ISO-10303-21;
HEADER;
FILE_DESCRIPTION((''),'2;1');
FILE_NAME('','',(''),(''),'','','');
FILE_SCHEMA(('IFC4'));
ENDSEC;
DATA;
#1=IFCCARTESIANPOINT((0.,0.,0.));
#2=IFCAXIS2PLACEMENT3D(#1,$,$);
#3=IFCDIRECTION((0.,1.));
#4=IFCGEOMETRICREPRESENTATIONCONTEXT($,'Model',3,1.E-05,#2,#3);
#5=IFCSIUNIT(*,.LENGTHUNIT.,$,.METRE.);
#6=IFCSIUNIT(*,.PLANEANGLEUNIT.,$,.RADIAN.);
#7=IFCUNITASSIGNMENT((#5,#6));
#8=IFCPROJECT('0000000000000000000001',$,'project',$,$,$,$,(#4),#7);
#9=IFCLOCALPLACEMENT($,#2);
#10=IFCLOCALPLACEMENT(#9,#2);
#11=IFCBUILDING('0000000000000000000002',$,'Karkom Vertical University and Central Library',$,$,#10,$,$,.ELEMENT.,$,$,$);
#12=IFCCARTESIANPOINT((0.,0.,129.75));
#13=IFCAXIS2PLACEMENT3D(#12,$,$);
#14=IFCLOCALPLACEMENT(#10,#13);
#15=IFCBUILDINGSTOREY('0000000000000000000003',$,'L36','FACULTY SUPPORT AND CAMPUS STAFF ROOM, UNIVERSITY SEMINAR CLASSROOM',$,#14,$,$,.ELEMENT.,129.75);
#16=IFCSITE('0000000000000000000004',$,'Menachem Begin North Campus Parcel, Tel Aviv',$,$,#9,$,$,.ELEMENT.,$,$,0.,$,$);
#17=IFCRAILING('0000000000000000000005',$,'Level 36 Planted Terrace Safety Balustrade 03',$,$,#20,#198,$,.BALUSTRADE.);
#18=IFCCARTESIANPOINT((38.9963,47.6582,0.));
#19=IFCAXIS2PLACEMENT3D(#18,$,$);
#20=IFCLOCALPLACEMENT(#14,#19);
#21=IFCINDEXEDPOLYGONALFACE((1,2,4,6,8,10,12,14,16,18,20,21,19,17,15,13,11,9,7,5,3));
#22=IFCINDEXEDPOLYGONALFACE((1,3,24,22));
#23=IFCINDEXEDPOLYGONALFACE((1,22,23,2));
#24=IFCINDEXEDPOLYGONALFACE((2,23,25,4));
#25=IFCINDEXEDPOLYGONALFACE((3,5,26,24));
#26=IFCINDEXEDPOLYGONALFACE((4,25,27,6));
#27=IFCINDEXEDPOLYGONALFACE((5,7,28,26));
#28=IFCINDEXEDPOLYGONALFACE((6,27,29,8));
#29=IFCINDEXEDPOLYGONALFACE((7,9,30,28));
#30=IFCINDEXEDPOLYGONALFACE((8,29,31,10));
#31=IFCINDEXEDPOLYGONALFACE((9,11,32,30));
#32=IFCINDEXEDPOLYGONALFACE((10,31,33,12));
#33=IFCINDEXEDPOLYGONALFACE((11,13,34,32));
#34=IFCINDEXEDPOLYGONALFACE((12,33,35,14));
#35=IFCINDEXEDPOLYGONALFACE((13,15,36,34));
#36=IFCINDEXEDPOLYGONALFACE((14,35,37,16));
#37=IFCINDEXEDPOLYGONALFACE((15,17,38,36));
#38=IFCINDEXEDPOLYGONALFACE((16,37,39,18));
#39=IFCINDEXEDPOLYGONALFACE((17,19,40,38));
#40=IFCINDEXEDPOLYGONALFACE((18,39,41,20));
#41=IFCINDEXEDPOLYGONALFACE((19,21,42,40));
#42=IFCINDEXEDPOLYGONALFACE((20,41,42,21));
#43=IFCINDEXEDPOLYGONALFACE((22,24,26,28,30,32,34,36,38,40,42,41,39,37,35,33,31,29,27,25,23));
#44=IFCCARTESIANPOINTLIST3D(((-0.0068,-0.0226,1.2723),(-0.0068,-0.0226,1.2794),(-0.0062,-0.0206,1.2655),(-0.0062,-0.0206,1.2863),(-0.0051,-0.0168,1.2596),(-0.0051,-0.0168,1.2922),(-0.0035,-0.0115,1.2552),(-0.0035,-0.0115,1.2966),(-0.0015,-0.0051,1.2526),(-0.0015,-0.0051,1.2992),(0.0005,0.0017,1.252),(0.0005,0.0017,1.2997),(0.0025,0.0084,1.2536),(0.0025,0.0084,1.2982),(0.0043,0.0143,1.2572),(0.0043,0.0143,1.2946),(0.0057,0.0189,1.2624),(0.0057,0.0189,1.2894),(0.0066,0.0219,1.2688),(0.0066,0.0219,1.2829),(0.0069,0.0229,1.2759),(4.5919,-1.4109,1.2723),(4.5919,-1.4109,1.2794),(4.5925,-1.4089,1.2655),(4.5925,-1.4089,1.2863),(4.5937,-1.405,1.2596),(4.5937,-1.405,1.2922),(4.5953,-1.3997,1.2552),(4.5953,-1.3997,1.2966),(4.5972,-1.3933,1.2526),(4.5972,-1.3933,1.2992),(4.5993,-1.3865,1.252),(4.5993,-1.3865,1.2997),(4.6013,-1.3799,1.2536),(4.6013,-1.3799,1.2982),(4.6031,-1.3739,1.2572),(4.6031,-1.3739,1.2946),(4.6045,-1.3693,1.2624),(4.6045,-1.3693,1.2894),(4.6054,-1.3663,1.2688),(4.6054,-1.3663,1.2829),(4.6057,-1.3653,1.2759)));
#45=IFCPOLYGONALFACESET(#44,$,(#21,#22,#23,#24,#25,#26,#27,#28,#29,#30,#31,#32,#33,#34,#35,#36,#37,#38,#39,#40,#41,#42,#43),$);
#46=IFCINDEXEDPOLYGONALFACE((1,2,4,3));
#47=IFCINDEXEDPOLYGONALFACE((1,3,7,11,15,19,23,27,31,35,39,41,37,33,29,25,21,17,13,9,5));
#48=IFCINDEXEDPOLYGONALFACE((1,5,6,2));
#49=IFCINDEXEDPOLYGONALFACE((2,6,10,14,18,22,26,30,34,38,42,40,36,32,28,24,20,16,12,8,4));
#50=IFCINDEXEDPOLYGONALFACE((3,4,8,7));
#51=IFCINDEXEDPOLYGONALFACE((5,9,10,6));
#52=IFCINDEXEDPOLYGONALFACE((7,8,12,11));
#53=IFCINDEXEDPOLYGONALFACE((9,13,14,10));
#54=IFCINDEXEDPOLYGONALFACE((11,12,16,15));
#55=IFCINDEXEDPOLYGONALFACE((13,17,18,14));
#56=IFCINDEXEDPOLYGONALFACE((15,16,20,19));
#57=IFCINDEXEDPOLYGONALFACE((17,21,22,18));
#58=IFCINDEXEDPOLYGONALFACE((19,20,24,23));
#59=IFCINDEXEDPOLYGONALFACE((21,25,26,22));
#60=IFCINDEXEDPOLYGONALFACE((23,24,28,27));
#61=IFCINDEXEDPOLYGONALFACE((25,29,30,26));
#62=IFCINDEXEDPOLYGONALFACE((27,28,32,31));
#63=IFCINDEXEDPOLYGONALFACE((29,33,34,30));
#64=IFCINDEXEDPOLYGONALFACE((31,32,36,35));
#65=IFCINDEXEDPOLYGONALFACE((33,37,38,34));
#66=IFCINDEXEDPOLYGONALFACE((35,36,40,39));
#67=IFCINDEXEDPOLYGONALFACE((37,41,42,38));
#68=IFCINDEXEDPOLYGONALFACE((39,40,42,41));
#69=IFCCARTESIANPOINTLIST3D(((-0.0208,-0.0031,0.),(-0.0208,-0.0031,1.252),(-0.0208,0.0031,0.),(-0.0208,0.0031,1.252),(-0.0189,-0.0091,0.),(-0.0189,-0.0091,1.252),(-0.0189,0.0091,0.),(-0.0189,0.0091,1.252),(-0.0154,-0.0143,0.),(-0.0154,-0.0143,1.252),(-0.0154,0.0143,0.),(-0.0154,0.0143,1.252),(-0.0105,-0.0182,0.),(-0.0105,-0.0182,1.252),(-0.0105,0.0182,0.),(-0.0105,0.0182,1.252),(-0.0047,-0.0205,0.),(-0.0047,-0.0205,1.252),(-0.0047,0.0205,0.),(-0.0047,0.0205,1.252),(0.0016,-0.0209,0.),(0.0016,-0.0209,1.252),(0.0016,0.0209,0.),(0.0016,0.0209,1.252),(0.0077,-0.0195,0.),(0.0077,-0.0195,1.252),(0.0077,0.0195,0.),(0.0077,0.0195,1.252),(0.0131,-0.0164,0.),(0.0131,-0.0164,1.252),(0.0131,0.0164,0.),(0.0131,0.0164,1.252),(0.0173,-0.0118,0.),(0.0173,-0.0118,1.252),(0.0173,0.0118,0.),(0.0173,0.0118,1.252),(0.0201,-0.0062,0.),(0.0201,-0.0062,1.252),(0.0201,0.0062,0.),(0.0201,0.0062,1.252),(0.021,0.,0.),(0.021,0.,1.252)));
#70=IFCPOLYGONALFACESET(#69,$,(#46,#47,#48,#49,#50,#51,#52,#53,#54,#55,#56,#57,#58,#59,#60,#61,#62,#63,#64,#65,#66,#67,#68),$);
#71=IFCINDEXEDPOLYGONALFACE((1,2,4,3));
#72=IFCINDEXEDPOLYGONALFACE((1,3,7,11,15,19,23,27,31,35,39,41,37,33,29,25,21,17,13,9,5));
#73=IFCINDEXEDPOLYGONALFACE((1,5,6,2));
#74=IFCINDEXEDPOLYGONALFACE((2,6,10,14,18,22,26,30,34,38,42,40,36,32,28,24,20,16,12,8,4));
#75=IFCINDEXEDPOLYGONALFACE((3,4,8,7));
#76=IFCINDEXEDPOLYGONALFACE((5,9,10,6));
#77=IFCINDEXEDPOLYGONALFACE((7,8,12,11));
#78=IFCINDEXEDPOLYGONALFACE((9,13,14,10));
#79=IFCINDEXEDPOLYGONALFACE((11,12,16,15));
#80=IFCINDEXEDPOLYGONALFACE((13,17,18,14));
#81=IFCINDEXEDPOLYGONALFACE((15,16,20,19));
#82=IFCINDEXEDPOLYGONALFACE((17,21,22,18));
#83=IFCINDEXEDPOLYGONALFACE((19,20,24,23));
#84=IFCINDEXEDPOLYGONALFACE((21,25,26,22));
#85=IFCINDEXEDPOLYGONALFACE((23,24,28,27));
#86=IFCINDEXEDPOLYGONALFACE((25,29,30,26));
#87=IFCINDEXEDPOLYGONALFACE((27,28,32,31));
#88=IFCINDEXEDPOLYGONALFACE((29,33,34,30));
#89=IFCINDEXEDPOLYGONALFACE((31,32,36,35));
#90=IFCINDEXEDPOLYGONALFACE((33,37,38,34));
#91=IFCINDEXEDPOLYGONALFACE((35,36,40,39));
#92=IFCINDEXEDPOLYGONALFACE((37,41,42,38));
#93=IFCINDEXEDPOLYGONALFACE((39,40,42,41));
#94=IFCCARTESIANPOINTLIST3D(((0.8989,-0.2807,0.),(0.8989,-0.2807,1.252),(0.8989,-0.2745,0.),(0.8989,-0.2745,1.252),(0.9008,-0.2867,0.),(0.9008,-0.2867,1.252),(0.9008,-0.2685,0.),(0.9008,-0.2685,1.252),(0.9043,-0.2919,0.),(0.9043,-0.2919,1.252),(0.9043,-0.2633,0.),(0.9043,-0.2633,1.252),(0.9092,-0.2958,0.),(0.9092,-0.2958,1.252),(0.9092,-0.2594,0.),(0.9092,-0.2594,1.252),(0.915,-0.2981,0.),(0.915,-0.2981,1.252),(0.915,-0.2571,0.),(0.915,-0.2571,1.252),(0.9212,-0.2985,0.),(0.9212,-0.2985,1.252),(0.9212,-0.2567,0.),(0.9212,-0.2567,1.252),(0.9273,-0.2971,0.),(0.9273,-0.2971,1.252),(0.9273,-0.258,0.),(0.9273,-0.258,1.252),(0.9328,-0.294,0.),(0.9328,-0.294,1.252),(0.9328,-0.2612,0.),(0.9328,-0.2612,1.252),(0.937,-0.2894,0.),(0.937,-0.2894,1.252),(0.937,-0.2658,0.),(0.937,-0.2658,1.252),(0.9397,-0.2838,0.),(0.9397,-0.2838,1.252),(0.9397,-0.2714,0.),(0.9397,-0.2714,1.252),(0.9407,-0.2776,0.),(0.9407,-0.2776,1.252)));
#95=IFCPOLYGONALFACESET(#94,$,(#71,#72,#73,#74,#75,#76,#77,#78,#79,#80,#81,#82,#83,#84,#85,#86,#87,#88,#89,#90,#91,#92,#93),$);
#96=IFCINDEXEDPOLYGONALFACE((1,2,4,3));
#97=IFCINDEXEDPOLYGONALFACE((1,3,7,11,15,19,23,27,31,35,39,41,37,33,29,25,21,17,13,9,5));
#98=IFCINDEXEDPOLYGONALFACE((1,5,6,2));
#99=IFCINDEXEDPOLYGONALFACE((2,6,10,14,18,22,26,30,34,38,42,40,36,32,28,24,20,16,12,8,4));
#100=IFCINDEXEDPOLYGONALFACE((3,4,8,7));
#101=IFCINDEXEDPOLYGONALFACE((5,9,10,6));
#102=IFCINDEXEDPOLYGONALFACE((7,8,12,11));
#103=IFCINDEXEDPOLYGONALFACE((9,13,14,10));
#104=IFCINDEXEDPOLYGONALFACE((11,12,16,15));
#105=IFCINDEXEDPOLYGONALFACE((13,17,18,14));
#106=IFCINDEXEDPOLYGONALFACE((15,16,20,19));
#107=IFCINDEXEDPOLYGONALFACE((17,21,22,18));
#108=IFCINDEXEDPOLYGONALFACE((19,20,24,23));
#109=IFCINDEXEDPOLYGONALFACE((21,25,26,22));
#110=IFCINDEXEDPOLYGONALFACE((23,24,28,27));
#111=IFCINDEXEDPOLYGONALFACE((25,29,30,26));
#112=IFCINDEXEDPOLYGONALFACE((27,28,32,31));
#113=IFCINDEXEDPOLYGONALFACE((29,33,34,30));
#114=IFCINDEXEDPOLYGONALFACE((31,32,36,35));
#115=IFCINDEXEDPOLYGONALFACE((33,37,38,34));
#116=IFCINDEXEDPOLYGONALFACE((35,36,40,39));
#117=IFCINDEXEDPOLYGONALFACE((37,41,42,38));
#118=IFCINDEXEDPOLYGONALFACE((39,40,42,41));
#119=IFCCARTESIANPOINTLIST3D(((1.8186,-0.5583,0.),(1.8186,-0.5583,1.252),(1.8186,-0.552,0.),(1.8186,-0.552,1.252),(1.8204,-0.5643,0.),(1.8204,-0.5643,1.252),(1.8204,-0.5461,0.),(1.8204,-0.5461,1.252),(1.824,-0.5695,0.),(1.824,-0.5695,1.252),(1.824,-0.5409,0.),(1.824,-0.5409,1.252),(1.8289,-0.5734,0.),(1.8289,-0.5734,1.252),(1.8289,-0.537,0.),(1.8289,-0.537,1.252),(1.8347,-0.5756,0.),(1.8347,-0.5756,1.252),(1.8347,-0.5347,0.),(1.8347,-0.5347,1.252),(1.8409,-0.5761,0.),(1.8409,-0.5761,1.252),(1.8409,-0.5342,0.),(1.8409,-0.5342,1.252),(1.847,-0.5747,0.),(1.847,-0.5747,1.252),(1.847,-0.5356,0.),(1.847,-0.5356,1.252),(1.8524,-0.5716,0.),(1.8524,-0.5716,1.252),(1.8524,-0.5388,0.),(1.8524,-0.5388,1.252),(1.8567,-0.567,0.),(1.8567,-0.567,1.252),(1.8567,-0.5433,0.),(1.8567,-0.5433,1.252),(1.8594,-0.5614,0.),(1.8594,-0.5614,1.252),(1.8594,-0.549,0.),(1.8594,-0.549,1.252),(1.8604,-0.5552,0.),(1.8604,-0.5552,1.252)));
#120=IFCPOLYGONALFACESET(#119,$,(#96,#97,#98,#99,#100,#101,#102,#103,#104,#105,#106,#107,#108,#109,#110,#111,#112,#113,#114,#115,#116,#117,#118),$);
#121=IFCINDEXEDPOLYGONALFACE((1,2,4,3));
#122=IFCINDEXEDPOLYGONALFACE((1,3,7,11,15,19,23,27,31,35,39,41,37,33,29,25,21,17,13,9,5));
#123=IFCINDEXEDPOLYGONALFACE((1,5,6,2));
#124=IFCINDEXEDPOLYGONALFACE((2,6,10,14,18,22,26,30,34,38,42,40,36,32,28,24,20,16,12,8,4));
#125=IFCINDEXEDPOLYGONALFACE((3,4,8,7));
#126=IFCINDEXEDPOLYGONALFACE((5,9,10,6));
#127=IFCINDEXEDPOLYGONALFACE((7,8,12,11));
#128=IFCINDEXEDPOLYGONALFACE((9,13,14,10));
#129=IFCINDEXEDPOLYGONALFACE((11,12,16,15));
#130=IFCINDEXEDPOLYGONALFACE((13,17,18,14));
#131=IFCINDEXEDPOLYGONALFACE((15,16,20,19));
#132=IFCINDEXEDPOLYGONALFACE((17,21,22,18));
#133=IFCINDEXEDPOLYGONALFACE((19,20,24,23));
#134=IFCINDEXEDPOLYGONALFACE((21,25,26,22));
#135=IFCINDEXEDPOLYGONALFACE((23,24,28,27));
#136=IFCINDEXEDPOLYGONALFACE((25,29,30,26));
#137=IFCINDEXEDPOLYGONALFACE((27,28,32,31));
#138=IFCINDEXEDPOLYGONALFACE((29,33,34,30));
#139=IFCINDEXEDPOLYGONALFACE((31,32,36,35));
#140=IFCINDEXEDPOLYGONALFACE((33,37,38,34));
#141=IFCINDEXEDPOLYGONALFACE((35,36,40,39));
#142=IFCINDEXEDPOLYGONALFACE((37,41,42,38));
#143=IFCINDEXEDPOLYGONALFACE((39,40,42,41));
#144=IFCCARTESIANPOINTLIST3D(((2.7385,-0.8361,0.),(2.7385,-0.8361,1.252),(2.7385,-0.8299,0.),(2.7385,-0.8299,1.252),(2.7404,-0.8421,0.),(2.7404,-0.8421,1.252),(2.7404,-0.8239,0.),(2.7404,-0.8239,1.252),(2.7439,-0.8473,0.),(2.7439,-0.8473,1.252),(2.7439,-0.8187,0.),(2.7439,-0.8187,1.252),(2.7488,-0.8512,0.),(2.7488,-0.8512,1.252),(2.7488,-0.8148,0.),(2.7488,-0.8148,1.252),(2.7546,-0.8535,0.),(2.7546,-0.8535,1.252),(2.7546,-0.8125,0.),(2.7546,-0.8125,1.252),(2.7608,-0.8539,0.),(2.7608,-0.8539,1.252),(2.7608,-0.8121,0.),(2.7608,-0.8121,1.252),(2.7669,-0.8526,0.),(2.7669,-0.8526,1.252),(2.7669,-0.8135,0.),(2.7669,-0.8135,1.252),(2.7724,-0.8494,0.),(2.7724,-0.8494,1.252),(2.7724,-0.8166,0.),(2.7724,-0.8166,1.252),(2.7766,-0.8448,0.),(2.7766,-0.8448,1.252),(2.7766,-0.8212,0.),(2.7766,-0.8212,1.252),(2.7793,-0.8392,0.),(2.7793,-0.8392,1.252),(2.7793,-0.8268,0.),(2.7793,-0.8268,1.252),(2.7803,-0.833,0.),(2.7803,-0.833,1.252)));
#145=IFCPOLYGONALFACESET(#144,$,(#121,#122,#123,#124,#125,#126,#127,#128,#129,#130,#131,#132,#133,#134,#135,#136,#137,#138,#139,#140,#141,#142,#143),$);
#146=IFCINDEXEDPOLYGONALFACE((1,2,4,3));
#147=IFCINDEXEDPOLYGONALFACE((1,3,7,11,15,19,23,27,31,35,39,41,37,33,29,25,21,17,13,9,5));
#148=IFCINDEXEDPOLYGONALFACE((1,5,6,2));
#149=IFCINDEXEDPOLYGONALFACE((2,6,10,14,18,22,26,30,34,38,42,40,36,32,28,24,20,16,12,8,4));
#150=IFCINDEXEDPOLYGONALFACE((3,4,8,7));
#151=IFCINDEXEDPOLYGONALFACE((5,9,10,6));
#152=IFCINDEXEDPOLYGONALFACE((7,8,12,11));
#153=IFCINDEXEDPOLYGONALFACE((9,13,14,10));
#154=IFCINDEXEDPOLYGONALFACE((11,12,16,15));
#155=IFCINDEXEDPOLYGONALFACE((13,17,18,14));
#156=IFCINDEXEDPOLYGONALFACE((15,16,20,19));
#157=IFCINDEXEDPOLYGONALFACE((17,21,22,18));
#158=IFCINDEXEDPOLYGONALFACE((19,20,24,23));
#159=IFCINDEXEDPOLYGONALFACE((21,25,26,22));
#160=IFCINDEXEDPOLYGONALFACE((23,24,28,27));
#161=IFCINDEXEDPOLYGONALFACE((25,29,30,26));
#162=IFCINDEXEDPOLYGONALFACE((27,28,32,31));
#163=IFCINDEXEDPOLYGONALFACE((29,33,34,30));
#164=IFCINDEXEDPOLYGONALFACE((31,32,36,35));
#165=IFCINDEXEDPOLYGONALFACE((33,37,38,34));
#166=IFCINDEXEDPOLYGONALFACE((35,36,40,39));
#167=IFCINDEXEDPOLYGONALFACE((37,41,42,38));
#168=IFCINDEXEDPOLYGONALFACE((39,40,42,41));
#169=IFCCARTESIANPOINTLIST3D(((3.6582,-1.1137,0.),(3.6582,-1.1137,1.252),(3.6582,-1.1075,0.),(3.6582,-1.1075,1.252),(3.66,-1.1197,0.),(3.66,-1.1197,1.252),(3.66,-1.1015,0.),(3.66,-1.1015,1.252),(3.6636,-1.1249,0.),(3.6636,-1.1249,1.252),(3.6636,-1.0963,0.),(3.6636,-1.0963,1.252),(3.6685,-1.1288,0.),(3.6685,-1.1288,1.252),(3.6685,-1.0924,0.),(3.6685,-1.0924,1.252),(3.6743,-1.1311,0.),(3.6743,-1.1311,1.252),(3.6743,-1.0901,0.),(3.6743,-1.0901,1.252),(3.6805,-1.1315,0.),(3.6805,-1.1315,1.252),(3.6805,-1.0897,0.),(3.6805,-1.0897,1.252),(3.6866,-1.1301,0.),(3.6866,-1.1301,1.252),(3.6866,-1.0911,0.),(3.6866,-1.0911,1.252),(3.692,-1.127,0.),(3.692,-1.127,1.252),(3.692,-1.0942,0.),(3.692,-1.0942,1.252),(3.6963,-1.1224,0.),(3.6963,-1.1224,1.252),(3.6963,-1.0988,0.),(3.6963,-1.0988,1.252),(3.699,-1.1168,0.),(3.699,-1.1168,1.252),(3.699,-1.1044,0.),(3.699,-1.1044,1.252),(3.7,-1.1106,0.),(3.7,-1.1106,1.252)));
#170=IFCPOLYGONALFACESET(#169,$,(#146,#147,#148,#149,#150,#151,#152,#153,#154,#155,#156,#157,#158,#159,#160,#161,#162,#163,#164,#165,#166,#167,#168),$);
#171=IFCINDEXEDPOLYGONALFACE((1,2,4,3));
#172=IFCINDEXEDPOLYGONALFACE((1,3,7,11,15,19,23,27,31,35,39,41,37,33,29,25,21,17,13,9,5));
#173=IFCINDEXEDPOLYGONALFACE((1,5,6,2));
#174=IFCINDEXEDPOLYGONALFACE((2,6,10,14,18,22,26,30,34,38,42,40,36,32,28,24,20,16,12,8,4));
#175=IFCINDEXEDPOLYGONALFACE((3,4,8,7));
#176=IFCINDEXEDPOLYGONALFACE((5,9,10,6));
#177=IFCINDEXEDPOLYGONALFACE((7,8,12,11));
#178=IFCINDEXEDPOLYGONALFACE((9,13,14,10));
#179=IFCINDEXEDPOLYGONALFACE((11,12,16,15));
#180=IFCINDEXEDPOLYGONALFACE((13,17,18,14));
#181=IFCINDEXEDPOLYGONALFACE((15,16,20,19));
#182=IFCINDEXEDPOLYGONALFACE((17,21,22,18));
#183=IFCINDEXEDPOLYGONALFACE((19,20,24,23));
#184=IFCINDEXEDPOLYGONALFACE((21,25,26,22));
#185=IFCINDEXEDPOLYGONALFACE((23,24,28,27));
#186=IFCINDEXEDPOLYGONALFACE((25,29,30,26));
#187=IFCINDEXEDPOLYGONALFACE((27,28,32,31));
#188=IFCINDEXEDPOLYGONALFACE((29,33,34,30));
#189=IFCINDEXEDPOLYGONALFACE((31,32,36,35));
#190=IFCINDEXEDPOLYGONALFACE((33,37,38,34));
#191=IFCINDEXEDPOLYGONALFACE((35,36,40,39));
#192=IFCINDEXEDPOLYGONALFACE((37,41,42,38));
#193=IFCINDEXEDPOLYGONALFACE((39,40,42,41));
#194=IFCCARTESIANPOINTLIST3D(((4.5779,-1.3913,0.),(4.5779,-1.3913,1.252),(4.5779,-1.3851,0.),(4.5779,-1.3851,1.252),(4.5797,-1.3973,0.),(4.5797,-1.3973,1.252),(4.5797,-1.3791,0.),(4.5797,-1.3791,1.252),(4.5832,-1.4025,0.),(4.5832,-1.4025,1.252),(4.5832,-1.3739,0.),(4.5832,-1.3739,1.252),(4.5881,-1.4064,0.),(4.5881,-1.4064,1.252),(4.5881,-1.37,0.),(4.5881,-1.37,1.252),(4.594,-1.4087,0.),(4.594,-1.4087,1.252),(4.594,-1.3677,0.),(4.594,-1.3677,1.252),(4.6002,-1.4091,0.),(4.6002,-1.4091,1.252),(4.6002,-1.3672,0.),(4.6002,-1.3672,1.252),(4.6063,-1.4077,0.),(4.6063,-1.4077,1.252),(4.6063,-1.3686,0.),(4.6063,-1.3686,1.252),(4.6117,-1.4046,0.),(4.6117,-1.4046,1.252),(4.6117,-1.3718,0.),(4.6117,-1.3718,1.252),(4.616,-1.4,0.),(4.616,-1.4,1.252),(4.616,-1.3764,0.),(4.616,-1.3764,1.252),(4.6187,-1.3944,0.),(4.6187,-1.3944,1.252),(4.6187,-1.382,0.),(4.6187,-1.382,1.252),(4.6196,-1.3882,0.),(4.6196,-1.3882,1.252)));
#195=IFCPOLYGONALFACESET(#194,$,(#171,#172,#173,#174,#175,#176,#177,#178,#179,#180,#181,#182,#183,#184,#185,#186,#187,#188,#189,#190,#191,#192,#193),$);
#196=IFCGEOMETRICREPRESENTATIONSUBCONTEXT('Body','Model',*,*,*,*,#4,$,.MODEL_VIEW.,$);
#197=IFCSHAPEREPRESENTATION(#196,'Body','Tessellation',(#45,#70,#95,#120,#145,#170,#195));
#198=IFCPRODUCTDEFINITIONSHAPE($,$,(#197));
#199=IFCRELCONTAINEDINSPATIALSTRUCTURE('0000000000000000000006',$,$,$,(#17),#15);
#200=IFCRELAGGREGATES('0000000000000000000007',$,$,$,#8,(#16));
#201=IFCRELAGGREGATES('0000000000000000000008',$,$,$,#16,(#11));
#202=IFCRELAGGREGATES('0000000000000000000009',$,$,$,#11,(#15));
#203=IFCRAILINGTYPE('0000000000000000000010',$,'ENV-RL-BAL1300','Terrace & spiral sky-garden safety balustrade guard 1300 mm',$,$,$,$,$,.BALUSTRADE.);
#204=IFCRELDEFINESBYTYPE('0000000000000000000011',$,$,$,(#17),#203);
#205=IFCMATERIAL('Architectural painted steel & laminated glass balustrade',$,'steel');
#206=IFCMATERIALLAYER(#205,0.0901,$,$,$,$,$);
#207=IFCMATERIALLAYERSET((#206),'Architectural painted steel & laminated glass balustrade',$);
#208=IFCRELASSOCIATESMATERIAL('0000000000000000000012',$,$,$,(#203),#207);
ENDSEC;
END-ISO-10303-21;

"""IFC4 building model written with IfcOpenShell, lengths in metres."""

from ifc_helpers import new_model, si_unit, direction, frame, origin, origin_2d, place, context, subcontext, project, spatial, circle, extrude, material, layer, layer_set, type_object, element, save


model = new_model("IFC4")

# Units and contexts
model_context = context("Model", 3, precision=1e-05, world=origin(), true_north=direction((0.0, 1.0)))
body_context = subcontext(model_context, "Body", "Model", "MODEL_VIEW")
ifc_project = project(units=[si_unit("LENGTHUNIT", "METRE"), si_unit("PLANEANGLEUNIT", "RADIAN")], contexts=[model_context])

# Site, building, storey
site_placement = place(None, origin())
site = spatial("IfcSite", under=ifc_project, at=site_placement, Name="Menachem Begin North Campus Parcel, Tel Aviv", CompositionType="ELEMENT", RefElevation=0.0)
building_placement = place(site_placement, origin())
building = spatial("IfcBuilding", under=site, at=building_placement, Name="Karkom Vertical University and Central Library", CompositionType="ELEMENT")
storey_placement = place(building_placement, frame((0.0, 0.0, 129.75)))
storey = spatial("IfcBuildingStorey", under=building, at=storey_placement, Name="L36", Description="FACULTY SUPPORT AND CAMPUS STAFF ROOM, UNIVERSITY SEMINAR CLASSROOM", CompositionType="ELEMENT", Elevation=129.75)

# Railing
ifc_material_1 = material(Name="Architectural painted steel & laminated glass balustrade", Category="steel")
ifc_layer_1 = layer(ifc_material_1, 0.0901)
ifc_layer_set_1 = layer_set([ifc_layer_1], Name="Architectural painted steel & laminated glass balustrade")
railing_type = type_object("IfcRailingType", Name="ENV-RL-BAL1300", Description="Terrace & spiral sky-garden safety balustrade guard 1300 mm", PredefinedType="BALUSTRADE", material=ifc_layer_set_1)
railing_1_placement = place(storey_placement, frame((38.9963, 47.6582, 0.0)))
element("IfcRailing", 1, at=railing_1_placement, inside=storey, type_object=railing_type, Name="Level 36 Planted Terrace Safety Balustrade 03", PredefinedType="BALUSTRADE", context=body_context, shape_type="SweptSolid", body=[
    extrude(circle(Radius=0.0239, at=origin_2d()), frame((0.0, 0.0, 1.2759), z_axis=(0.957332, -0.288989, 0.0), x_axis=(0.288989, 0.957332, 0.0)), (0.0, 0.0, 1.0), 4.8037),
    extrude(circle(Radius=0.021, at=origin_2d()), origin(), (0.0, 0.0, 1.0), 1.252),
    extrude(circle(Radius=0.021, at=origin_2d()), frame((0.9197, -0.2776, 0.0)), (0.0, 0.0, 1.0), 1.252),
    extrude(circle(Radius=0.021, at=origin_2d()), frame((1.8394, -0.5552, 0.0)), (0.0, 0.0, 1.0), 1.252),
    extrude(circle(Radius=0.021, at=origin_2d()), frame((2.7593, -0.833, 0.0)), (0.0, 0.0, 1.0), 1.252),
    extrude(circle(Radius=0.021, at=origin_2d()), frame((3.679, -1.1106, 0.0)), (0.0, 0.0, 1.0), 1.252),
    extrude(circle(Radius=0.021, at=origin_2d()), frame((4.5986, -1.3882, 0.0)), (0.0, 0.0, 1.0), 1.252),
])

save(model, "model.ifc")
